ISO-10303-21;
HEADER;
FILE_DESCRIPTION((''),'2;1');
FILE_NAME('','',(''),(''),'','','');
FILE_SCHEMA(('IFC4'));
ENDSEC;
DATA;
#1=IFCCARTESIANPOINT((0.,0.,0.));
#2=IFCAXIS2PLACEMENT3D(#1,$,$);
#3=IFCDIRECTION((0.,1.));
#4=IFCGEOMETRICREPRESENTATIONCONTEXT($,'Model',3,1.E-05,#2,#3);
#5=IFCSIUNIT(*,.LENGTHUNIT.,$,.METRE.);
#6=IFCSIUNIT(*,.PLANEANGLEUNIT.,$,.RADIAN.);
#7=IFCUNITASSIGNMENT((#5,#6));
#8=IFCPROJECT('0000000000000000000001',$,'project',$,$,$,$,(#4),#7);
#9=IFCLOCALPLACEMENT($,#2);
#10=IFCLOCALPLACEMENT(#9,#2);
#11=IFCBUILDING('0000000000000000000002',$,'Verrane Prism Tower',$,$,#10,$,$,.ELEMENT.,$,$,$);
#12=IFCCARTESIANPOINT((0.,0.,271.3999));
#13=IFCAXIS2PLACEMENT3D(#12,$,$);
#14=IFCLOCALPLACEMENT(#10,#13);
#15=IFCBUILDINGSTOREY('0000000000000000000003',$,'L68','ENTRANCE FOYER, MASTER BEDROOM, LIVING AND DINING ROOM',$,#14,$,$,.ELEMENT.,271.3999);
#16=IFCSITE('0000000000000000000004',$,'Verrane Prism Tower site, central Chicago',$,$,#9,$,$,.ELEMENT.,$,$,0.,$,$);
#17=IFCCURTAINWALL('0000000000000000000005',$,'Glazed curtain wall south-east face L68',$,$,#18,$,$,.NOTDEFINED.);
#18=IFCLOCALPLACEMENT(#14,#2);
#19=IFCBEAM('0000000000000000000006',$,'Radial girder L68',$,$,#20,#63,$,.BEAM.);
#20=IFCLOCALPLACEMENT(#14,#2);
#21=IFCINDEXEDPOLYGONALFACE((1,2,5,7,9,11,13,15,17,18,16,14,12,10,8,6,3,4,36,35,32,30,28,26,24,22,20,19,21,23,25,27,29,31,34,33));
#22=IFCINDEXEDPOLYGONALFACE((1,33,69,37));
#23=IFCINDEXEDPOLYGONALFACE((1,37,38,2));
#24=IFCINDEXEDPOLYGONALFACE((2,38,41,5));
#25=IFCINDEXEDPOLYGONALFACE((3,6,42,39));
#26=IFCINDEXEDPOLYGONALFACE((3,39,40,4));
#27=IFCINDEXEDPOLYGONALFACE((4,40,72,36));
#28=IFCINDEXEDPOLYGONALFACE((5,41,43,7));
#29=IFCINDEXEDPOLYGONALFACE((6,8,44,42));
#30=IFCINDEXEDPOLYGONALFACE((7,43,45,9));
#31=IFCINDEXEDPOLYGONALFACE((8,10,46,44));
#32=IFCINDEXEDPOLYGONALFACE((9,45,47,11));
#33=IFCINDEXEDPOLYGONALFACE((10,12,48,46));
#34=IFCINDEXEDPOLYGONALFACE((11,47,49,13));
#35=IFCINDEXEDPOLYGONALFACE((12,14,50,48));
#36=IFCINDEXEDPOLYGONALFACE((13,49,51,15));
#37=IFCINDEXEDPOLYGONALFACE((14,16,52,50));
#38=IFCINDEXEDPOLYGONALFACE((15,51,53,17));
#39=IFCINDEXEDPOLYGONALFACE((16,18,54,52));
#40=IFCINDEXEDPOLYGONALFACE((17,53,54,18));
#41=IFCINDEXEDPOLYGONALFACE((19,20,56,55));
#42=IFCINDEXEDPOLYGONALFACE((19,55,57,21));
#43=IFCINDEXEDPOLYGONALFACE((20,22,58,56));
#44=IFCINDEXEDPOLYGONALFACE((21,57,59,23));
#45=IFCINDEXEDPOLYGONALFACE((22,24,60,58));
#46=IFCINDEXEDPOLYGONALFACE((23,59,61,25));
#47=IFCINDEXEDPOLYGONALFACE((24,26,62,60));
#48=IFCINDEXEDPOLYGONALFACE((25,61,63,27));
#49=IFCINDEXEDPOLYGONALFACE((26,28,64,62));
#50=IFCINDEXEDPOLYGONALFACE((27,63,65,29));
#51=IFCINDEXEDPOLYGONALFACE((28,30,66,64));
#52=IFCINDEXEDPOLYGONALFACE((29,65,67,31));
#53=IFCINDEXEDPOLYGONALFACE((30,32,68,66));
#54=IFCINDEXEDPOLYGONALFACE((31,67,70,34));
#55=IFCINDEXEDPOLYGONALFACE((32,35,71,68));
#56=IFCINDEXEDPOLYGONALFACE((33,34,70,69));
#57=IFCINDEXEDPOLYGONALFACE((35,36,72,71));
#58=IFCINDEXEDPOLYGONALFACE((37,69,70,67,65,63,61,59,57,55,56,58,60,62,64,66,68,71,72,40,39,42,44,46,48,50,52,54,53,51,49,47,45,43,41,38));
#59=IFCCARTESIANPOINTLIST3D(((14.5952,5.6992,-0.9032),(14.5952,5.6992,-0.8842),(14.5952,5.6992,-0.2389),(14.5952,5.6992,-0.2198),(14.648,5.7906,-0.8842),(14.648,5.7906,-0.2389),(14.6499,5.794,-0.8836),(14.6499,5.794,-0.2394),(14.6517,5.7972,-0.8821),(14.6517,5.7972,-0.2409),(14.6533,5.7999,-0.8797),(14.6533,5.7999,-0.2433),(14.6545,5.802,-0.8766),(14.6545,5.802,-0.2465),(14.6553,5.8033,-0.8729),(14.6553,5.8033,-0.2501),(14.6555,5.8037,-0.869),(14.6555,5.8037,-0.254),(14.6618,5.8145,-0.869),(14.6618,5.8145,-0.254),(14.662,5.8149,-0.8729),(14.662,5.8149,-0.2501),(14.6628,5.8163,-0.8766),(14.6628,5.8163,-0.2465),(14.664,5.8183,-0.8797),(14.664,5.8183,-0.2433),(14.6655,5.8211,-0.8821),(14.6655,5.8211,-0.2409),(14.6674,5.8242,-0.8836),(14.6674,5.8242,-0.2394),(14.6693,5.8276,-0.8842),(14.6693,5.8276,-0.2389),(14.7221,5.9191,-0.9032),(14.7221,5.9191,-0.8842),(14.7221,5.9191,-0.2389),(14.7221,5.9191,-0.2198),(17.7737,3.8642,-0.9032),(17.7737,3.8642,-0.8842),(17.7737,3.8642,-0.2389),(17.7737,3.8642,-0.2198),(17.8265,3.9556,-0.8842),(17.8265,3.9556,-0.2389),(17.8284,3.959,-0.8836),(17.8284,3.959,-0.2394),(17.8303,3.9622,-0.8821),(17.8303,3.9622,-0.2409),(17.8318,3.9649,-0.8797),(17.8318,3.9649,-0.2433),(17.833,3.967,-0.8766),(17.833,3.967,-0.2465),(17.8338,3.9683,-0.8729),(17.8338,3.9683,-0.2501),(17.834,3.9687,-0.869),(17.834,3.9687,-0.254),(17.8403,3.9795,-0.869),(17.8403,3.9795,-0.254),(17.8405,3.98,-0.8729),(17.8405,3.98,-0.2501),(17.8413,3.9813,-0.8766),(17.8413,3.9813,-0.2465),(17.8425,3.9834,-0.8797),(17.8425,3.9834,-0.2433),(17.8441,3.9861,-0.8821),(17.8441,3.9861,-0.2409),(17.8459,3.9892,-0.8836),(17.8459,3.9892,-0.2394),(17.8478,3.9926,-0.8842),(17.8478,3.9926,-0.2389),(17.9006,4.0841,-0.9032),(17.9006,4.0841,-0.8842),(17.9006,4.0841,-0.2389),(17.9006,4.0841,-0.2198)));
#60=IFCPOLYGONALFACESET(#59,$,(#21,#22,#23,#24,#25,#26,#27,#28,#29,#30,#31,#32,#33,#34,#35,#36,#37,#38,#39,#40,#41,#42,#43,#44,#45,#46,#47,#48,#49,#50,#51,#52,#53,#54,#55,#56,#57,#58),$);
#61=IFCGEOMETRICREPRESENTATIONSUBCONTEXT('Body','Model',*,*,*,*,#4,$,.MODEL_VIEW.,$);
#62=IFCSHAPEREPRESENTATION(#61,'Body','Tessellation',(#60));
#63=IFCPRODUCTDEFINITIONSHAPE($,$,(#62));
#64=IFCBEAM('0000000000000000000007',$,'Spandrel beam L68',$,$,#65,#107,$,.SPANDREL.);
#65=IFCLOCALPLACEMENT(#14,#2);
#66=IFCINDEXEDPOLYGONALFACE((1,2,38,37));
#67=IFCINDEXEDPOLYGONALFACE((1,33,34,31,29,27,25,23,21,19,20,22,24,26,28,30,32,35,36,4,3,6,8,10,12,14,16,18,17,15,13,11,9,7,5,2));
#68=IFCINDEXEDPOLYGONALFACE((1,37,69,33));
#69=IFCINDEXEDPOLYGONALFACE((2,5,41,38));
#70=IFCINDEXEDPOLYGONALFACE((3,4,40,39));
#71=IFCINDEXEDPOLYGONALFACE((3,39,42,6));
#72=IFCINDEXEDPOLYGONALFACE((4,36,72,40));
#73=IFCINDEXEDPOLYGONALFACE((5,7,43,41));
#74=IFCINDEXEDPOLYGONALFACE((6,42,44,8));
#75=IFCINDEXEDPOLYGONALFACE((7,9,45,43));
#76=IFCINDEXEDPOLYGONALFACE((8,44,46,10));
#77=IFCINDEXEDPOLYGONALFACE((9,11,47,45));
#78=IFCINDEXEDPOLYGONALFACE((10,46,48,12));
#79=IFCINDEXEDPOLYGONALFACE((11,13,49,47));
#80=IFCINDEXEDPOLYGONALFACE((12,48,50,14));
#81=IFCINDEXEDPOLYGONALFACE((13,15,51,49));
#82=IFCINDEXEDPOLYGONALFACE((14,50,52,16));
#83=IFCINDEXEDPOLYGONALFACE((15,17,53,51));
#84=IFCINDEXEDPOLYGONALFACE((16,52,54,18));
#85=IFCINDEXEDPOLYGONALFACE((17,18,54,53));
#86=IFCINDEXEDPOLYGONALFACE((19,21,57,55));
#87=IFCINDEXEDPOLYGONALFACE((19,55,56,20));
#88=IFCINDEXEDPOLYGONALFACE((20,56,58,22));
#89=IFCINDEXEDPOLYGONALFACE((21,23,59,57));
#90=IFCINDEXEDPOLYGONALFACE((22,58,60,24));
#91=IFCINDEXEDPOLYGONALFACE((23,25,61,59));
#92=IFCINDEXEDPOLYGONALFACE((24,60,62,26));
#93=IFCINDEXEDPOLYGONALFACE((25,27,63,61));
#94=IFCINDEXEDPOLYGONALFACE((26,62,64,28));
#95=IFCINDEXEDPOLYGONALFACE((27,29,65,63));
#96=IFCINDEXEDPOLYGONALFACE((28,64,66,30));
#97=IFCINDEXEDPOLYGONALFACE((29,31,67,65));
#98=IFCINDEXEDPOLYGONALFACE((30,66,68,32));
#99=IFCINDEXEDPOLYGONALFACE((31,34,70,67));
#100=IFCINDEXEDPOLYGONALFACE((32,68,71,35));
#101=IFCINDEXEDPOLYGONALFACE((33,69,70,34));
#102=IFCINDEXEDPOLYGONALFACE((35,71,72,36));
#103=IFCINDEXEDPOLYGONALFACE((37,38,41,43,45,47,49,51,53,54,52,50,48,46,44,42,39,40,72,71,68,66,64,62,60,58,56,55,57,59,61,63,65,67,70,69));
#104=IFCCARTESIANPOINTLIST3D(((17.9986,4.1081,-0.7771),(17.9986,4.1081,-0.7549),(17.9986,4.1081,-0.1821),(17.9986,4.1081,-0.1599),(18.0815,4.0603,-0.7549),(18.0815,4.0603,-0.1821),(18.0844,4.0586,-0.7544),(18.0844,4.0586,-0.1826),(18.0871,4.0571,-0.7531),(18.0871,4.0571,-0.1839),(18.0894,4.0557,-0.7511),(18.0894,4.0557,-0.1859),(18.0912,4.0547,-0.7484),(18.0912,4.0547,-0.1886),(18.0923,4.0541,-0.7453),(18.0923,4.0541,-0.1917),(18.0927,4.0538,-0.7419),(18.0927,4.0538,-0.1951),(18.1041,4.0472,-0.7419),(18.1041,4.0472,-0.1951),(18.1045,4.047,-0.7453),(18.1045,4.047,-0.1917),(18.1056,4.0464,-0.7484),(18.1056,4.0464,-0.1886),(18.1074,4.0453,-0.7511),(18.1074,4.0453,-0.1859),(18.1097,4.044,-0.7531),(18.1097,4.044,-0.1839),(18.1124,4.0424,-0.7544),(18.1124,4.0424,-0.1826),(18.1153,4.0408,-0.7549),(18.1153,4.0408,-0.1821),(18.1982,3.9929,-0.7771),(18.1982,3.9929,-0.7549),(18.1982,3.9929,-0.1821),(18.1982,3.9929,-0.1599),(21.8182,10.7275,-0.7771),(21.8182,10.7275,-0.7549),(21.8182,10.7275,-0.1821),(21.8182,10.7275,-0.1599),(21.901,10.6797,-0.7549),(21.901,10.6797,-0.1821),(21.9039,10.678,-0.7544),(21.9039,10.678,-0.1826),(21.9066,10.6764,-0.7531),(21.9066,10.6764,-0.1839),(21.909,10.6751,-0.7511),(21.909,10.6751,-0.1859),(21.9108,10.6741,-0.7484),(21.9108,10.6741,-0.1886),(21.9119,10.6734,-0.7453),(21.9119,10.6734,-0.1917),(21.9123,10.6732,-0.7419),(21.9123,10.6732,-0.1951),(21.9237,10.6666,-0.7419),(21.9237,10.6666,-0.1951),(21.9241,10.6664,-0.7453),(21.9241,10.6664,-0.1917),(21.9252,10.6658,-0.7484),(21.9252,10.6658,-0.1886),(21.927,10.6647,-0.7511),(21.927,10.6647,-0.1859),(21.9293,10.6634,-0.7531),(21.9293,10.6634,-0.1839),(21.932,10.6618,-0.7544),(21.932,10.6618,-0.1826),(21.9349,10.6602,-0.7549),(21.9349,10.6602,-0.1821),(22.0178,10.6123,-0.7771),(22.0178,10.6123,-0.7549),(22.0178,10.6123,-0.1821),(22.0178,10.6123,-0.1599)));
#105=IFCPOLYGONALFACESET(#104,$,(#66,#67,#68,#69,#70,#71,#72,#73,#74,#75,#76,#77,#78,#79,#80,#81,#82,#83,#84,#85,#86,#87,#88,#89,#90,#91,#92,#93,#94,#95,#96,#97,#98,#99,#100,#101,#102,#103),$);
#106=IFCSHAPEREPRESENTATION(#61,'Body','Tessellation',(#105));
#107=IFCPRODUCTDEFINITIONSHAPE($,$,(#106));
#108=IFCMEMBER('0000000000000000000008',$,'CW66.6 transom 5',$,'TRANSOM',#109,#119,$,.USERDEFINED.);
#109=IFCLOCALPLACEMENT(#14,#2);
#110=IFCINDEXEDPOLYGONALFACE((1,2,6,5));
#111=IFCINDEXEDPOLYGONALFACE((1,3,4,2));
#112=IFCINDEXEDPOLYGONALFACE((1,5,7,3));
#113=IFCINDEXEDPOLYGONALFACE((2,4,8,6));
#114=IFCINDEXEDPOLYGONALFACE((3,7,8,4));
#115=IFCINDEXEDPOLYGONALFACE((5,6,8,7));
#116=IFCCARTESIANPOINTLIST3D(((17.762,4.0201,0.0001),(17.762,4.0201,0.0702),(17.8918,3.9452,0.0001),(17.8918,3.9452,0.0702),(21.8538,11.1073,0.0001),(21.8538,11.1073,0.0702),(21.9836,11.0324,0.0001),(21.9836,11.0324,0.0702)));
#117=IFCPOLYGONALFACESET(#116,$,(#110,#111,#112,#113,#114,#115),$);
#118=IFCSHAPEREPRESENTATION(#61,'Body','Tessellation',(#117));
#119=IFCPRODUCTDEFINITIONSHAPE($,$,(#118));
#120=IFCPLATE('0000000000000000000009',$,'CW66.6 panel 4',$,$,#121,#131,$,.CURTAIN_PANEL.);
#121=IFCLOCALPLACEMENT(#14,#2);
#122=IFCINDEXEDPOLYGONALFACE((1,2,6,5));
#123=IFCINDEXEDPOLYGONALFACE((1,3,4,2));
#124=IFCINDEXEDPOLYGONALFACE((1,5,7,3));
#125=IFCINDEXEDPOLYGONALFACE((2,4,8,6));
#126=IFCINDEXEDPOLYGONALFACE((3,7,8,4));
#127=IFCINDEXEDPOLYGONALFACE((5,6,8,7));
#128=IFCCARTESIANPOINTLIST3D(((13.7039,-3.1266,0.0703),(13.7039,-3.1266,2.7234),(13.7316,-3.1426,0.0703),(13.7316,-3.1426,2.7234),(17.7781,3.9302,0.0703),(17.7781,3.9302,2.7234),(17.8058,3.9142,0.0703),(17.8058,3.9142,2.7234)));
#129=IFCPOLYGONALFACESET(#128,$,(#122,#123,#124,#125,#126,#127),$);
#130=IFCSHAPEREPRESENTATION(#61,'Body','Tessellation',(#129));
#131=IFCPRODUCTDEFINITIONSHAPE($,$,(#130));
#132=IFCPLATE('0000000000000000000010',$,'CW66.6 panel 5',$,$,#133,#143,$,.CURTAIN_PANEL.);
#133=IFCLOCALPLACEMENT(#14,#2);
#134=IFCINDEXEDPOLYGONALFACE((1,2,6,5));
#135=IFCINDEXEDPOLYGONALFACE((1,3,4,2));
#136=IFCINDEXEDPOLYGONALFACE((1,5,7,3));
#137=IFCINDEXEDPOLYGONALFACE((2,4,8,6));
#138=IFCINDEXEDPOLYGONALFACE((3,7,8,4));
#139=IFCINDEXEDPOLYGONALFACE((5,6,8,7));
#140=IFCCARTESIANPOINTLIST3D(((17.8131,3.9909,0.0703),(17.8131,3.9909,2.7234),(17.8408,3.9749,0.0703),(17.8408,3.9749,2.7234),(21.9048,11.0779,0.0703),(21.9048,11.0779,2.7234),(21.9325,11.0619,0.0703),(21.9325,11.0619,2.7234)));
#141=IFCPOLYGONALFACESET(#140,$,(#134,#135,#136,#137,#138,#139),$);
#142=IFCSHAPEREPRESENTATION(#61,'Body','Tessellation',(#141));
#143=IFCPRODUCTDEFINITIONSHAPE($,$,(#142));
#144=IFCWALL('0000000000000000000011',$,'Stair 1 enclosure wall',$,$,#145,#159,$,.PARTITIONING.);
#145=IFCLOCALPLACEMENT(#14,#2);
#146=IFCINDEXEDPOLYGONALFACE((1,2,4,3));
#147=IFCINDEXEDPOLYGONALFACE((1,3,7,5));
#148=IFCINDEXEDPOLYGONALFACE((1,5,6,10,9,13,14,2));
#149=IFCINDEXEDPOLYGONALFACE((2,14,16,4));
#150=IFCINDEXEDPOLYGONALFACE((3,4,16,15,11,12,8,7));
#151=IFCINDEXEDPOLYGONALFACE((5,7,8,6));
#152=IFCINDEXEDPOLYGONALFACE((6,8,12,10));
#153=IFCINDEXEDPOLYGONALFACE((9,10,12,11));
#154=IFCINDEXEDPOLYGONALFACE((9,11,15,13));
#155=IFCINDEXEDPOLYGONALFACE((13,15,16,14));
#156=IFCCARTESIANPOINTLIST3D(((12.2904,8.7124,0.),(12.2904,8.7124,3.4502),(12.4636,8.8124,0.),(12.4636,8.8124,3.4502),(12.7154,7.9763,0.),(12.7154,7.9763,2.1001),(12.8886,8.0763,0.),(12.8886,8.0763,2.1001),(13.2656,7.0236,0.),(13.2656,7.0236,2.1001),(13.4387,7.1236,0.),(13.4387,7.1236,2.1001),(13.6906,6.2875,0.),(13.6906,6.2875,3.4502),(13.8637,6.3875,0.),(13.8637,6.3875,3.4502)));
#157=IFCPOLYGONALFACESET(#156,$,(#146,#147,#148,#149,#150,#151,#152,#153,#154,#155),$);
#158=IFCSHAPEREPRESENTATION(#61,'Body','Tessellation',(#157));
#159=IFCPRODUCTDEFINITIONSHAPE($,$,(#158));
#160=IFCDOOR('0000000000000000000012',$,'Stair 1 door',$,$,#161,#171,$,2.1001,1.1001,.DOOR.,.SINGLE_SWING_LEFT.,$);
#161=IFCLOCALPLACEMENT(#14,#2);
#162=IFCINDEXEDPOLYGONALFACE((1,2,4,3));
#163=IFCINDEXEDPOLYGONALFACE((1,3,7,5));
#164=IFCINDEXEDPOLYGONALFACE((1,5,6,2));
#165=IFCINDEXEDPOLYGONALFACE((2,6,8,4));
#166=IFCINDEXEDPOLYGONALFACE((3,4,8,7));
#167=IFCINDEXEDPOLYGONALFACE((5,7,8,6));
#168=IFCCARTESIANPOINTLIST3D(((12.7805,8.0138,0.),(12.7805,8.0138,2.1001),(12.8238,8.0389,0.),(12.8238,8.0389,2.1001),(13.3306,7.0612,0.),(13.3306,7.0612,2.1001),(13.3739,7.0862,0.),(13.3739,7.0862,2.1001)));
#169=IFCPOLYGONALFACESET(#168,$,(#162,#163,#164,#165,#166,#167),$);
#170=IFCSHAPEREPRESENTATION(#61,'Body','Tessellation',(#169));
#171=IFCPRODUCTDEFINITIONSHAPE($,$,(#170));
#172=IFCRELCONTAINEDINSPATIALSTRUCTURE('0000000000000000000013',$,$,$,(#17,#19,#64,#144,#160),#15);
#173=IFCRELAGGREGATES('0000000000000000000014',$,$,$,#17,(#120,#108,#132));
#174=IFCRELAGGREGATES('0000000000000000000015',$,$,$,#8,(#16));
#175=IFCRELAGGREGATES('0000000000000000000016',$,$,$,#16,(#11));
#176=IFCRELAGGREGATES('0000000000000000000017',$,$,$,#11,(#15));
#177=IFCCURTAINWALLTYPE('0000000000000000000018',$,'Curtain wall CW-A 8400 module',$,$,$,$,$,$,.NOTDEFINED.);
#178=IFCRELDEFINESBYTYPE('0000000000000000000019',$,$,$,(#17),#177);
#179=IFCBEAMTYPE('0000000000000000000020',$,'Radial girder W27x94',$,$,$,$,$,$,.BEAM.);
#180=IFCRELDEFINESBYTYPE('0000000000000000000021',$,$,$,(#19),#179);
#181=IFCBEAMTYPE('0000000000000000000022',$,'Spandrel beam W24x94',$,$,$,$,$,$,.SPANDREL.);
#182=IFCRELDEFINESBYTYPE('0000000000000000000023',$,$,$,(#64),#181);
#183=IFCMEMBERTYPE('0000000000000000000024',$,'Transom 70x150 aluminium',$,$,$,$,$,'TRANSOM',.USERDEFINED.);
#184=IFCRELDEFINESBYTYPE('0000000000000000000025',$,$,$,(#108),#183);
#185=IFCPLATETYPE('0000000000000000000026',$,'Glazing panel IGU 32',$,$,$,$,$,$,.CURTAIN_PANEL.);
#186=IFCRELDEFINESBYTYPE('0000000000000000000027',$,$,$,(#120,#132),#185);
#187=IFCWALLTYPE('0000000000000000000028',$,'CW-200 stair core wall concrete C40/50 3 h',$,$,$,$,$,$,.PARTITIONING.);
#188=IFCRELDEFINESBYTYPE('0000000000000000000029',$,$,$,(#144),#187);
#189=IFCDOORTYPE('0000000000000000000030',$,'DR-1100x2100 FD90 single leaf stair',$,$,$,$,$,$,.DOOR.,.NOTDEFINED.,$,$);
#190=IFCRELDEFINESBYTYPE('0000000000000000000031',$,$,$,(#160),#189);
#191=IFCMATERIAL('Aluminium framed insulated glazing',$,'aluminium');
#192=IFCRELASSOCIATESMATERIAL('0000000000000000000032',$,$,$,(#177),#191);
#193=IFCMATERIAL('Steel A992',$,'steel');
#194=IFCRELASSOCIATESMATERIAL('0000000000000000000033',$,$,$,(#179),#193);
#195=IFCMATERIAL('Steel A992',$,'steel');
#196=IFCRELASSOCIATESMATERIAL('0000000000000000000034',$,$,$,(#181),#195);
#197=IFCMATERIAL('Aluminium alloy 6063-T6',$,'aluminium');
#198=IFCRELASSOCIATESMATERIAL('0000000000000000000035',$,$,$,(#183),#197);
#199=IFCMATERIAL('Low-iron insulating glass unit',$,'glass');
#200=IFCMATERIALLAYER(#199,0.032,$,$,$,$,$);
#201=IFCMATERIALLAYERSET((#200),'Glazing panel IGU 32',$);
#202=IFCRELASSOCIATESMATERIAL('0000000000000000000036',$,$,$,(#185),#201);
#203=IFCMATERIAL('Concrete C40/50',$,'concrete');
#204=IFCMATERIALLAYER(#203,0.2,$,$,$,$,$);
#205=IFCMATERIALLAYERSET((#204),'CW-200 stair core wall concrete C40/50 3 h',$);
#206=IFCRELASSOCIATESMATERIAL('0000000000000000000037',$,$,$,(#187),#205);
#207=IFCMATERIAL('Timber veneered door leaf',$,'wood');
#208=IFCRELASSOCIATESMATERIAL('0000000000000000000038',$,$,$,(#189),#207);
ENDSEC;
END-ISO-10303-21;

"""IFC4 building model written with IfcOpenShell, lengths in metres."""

from ifc_helpers import new_model, si_unit, direction, frame, frame_2d, origin, origin_2d, place, context, subcontext, project, spatial, rectangle, i_section, extrude, material, layer, layer_set, material_profile, profile_set, type_object, element, fill, aggregate, save


model = new_model("IFC4")

# Units and contexts
model_context = context("Model", 3, precision=1e-05, world=origin(), true_north=direction((0.0, 1.0)))
body_context = subcontext(model_context, "Body", "Model", "MODEL_VIEW")
ifc_project = project(units=[si_unit("LENGTHUNIT", "METRE"), si_unit("PLANEANGLEUNIT", "RADIAN")], contexts=[model_context])

# Site, building, storey
site_placement = place(None, origin())
site = spatial("IfcSite", under=ifc_project, at=site_placement, Name="Verrane Prism Tower site, central Chicago", CompositionType="ELEMENT", RefElevation=0.0)
building_placement = place(site_placement, origin())
building = spatial("IfcBuilding", under=site, at=building_placement, Name="Verrane Prism Tower", CompositionType="ELEMENT")
storey_placement = place(building_placement, frame((0.0, 0.0, 271.3999)))
storey = spatial("IfcBuildingStorey", under=building, at=storey_placement, Name="L68", Description="ENTRANCE FOYER, MASTER BEDROOM, LIVING AND DINING ROOM", CompositionType="ELEMENT", Elevation=271.3999)

# Curtain wall
ifc_material_1 = material(Name="Aluminium framed insulated glazing", Category="aluminium")
curtain_wall_type = type_object("IfcCurtainWallType", Name="Curtain wall CW-A 8400 module", PredefinedType="NOTDEFINED", material=ifc_material_1)
curtain_wall_placement = place(storey_placement, origin())
curtain_wall = element("IfcCurtainWall", 1, at=curtain_wall_placement, inside=storey, type_object=curtain_wall_type, Name="Glazed curtain wall south-east face L68", PredefinedType="NOTDEFINED")

# Beams
ifc_material_2 = material(Name="Steel A992", Category="steel")
ifc_material_profile_1 = material_profile(ifc_material_2, i_section(OverallWidth=0.2539, OverallDepth=0.6833, WebThickness=0.0125, FlangeThickness=0.019, FilletRadius=0.0151, at=origin_2d()), Name="W27x94")
ifc_profile_set_1 = profile_set([ifc_material_profile_1], Name="Steel A992")
beam_type_1 = type_object("IfcBeamType", Name="Radial girder W27x94", PredefinedType="BEAM", material=ifc_profile_set_1)
beam_1_placement = place(storey_placement, frame((17.8372, 3.9741, -0.5615), z_axis=(-0.86604, 0.499974, 0.0), x_axis=(-0.499974, -0.86604, 0.0)))
element("IfcBeam", 2, at=beam_1_placement, inside=storey, type_object=beam_type_1, Name="Radial girder L68", PredefinedType="BEAM", context=body_context, shape_type="SweptSolid", body=[
    extrude(i_section(OverallWidth=0.2539, OverallDepth=0.6833, WebThickness=0.0125, FlangeThickness=0.019, FilletRadius=0.0151, at=origin_2d()), origin(), (0.0, 0.0, 1.0), 3.6702),
])
ifc_material_3 = material(Name="Steel A992", Category="steel")
ifc_material_profile_2 = material_profile(ifc_material_3, i_section(OverallWidth=0.2305, OverallDepth=0.6172, WebThickness=0.0132, FlangeThickness=0.0222, FilletRadius=0.0129, at=origin_2d()), Name="W24x94")
ifc_profile_set_2 = profile_set([ifc_material_profile_2], Name="Steel A992")
beam_type_2 = type_object("IfcBeamType", Name="Spandrel beam W24x94", PredefinedType="SPANDREL", material=ifc_profile_set_2)
beam_2_placement = place(storey_placement, frame((18.0984, 4.0505, -0.4685), z_axis=(0.499792, 0.866146, 0.0), x_axis=(-0.866146, 0.499792, 0.0)))
element("IfcBeam", 3, at=beam_2_placement, inside=storey, type_object=beam_type_2, Name="Spandrel beam L68", PredefinedType="SPANDREL", context=body_context, shape_type="SweptSolid", body=[
    extrude(i_section(OverallWidth=0.2305, OverallDepth=0.6172, WebThickness=0.0132, FlangeThickness=0.0222, FilletRadius=0.0129, at=origin_2d()), origin(), (0.0, 0.0, 1.0), 7.6423),
])

# Member
ifc_material_4 = material(Name="Aluminium alloy 6063-T6", Category="aluminium")
ifc_material_profile_3 = material_profile(ifc_material_4, rectangle(XDim=0.1499, YDim=0.0701, at=origin_2d()), Name="Transom 70x150 aluminium")
ifc_profile_set_3 = profile_set([ifc_material_profile_3], Name="Aluminium alloy 6063-T6")
member_type_1 = type_object("IfcMemberType", Name="Transom 70x150 aluminium", ElementType="TRANSOM", PredefinedType="USERDEFINED", material=ifc_profile_set_3)
member_1_placement = place(storey_placement, frame((17.8269, 3.9827, 0.0352), z_axis=(0.500002, 0.866024, 0.0), x_axis=(-0.866024, 0.500002, 0.0)))
member_1 = element("IfcMember", 4, at=member_1_placement, type_object=member_type_1, Name="CW66.6 transom 5", ObjectType="TRANSOM", PredefinedType="USERDEFINED", context=body_context, shape_type="SweptSolid", body=[
    extrude(rectangle(XDim=0.1499, YDim=0.0701, at=origin_2d()), origin(), (0.0, 0.0, 1.0), 8.1836),
])

# Plates
ifc_material_5 = material(Name="Low-iron insulating glass unit", Category="glass")
ifc_layer_1 = layer(ifc_material_5, 0.032)
ifc_layer_set_1 = layer_set([ifc_layer_1], Name="Glazing panel IGU 32")
plate_type = type_object("IfcPlateType", Name="Glazing panel IGU 32", PredefinedType="CURTAIN_PANEL", material=ifc_layer_set_1)
plate_1_placement = place(storey_placement, frame((15.7549, 0.3938, 0.0703), z_axis=(0.0, 0.0, 1.0), x_axis=(0.500001, 0.866025, 0.0)))
plate_1 = element("IfcPlate", 5, at=plate_1_placement, type_object=plate_type, Name="CW66.6 panel 4", PredefinedType="CURTAIN_PANEL", context=body_context, shape_type="SweptSolid", body=[
    extrude(rectangle(XDim=8.1484, YDim=0.032, at=origin_2d()), origin(), (0.0, 0.0, 1.0), 2.6531),
])
plate_2_placement = place(storey_placement, frame((19.8728, 7.5264, 0.0703), z_axis=(0.0, 0.0, 1.0), x_axis=(0.500001, 0.866025, 0.0)))
plate_2 = element("IfcPlate", 6, at=plate_2_placement, type_object=plate_type, Name="CW66.6 panel 5", PredefinedType="CURTAIN_PANEL", context=body_context, shape_type="SweptSolid", body=[
    extrude(rectangle(XDim=8.1833, YDim=0.032, at=origin_2d()), origin(), (0.0, 0.0, 1.0), 2.6531),
])
aggregate(curtain_wall, [plate_1, member_1, plate_2])

# Wall, opening, door
ifc_material_6 = material(Name="Concrete C40/50", Category="concrete")
ifc_layer_2 = layer(ifc_material_6, 0.2)
ifc_layer_set_2 = layer_set([ifc_layer_2], Name="CW-200 stair core wall concrete C40/50 3 h")
wall_type_1 = type_object("IfcWallType", Name="CW-200 stair core wall concrete C40/50 3 h", PredefinedType="PARTITIONING", material=ifc_layer_set_2)
wall_1_placement = place(storey_placement, frame((13.7771, 6.3376, 0.0), z_axis=(0.0, 0.0, 1.0), x_axis=(-0.50005, 0.865997, 0.0)))
wall_1 = element("IfcWall", 7, at=wall_1_placement, inside=storey, type_object=wall_type_1, Name="Stair 1 enclosure wall", PredefinedType="PARTITIONING", context=body_context, shape_type="SweptSolid", body=[
    extrude(rectangle(XDim=2.8, YDim=0.2, at=frame_2d((1.3999, 0.0))), origin(), (0.0, 0.0, 1.0), 3.4502),
])
opening_1_placement = place(wall_1_placement, frame((0.8499, 0.0, 0.0)))
opening_1 = element("IfcOpeningElement", 8, at=opening_1_placement, cuts=wall_1, PredefinedType="OPENING", context=body_context, shape_type="SweptSolid", body=[
    extrude(rectangle(XDim=1.1001, YDim=2.1001, at=frame_2d((0.55, 1.05))), frame((0.0, 0.1099, 0.0), z_axis=(0.0, -1.0, 0.0), x_axis=(1.0, 0.0, 0.0)), (0.0, 0.0, 1.0), 0.22),
])
ifc_material_7 = material(Name="Timber veneered door leaf", Category="wood")
door_type_1 = type_object("IfcDoorType", Name="DR-1100x2100 FD90 single leaf stair", OperationType="NOTDEFINED", PredefinedType="DOOR", material=ifc_material_7)
door_1_placement = place(opening_1_placement, origin())
door_1 = element("IfcDoor", 9, at=door_1_placement, inside=storey, type_object=door_type_1, Name="Stair 1 door", OperationType="SINGLE_SWING_LEFT", OverallHeight=2.1001, OverallWidth=1.1001, PredefinedType="DOOR", context=body_context, shape_type="SweptSolid", body=[
    extrude(rectangle(XDim=1.1001, YDim=2.1001, at=frame_2d((0.55, 1.05))), frame((0.0, 0.0249, 0.0), z_axis=(0.0, -1.0, 0.0), x_axis=(1.0, 0.0, 0.0)), (0.0, 0.0, 1.0), 0.05),
])
fill(opening_1, door_1)

save(model, "model.ifc")
